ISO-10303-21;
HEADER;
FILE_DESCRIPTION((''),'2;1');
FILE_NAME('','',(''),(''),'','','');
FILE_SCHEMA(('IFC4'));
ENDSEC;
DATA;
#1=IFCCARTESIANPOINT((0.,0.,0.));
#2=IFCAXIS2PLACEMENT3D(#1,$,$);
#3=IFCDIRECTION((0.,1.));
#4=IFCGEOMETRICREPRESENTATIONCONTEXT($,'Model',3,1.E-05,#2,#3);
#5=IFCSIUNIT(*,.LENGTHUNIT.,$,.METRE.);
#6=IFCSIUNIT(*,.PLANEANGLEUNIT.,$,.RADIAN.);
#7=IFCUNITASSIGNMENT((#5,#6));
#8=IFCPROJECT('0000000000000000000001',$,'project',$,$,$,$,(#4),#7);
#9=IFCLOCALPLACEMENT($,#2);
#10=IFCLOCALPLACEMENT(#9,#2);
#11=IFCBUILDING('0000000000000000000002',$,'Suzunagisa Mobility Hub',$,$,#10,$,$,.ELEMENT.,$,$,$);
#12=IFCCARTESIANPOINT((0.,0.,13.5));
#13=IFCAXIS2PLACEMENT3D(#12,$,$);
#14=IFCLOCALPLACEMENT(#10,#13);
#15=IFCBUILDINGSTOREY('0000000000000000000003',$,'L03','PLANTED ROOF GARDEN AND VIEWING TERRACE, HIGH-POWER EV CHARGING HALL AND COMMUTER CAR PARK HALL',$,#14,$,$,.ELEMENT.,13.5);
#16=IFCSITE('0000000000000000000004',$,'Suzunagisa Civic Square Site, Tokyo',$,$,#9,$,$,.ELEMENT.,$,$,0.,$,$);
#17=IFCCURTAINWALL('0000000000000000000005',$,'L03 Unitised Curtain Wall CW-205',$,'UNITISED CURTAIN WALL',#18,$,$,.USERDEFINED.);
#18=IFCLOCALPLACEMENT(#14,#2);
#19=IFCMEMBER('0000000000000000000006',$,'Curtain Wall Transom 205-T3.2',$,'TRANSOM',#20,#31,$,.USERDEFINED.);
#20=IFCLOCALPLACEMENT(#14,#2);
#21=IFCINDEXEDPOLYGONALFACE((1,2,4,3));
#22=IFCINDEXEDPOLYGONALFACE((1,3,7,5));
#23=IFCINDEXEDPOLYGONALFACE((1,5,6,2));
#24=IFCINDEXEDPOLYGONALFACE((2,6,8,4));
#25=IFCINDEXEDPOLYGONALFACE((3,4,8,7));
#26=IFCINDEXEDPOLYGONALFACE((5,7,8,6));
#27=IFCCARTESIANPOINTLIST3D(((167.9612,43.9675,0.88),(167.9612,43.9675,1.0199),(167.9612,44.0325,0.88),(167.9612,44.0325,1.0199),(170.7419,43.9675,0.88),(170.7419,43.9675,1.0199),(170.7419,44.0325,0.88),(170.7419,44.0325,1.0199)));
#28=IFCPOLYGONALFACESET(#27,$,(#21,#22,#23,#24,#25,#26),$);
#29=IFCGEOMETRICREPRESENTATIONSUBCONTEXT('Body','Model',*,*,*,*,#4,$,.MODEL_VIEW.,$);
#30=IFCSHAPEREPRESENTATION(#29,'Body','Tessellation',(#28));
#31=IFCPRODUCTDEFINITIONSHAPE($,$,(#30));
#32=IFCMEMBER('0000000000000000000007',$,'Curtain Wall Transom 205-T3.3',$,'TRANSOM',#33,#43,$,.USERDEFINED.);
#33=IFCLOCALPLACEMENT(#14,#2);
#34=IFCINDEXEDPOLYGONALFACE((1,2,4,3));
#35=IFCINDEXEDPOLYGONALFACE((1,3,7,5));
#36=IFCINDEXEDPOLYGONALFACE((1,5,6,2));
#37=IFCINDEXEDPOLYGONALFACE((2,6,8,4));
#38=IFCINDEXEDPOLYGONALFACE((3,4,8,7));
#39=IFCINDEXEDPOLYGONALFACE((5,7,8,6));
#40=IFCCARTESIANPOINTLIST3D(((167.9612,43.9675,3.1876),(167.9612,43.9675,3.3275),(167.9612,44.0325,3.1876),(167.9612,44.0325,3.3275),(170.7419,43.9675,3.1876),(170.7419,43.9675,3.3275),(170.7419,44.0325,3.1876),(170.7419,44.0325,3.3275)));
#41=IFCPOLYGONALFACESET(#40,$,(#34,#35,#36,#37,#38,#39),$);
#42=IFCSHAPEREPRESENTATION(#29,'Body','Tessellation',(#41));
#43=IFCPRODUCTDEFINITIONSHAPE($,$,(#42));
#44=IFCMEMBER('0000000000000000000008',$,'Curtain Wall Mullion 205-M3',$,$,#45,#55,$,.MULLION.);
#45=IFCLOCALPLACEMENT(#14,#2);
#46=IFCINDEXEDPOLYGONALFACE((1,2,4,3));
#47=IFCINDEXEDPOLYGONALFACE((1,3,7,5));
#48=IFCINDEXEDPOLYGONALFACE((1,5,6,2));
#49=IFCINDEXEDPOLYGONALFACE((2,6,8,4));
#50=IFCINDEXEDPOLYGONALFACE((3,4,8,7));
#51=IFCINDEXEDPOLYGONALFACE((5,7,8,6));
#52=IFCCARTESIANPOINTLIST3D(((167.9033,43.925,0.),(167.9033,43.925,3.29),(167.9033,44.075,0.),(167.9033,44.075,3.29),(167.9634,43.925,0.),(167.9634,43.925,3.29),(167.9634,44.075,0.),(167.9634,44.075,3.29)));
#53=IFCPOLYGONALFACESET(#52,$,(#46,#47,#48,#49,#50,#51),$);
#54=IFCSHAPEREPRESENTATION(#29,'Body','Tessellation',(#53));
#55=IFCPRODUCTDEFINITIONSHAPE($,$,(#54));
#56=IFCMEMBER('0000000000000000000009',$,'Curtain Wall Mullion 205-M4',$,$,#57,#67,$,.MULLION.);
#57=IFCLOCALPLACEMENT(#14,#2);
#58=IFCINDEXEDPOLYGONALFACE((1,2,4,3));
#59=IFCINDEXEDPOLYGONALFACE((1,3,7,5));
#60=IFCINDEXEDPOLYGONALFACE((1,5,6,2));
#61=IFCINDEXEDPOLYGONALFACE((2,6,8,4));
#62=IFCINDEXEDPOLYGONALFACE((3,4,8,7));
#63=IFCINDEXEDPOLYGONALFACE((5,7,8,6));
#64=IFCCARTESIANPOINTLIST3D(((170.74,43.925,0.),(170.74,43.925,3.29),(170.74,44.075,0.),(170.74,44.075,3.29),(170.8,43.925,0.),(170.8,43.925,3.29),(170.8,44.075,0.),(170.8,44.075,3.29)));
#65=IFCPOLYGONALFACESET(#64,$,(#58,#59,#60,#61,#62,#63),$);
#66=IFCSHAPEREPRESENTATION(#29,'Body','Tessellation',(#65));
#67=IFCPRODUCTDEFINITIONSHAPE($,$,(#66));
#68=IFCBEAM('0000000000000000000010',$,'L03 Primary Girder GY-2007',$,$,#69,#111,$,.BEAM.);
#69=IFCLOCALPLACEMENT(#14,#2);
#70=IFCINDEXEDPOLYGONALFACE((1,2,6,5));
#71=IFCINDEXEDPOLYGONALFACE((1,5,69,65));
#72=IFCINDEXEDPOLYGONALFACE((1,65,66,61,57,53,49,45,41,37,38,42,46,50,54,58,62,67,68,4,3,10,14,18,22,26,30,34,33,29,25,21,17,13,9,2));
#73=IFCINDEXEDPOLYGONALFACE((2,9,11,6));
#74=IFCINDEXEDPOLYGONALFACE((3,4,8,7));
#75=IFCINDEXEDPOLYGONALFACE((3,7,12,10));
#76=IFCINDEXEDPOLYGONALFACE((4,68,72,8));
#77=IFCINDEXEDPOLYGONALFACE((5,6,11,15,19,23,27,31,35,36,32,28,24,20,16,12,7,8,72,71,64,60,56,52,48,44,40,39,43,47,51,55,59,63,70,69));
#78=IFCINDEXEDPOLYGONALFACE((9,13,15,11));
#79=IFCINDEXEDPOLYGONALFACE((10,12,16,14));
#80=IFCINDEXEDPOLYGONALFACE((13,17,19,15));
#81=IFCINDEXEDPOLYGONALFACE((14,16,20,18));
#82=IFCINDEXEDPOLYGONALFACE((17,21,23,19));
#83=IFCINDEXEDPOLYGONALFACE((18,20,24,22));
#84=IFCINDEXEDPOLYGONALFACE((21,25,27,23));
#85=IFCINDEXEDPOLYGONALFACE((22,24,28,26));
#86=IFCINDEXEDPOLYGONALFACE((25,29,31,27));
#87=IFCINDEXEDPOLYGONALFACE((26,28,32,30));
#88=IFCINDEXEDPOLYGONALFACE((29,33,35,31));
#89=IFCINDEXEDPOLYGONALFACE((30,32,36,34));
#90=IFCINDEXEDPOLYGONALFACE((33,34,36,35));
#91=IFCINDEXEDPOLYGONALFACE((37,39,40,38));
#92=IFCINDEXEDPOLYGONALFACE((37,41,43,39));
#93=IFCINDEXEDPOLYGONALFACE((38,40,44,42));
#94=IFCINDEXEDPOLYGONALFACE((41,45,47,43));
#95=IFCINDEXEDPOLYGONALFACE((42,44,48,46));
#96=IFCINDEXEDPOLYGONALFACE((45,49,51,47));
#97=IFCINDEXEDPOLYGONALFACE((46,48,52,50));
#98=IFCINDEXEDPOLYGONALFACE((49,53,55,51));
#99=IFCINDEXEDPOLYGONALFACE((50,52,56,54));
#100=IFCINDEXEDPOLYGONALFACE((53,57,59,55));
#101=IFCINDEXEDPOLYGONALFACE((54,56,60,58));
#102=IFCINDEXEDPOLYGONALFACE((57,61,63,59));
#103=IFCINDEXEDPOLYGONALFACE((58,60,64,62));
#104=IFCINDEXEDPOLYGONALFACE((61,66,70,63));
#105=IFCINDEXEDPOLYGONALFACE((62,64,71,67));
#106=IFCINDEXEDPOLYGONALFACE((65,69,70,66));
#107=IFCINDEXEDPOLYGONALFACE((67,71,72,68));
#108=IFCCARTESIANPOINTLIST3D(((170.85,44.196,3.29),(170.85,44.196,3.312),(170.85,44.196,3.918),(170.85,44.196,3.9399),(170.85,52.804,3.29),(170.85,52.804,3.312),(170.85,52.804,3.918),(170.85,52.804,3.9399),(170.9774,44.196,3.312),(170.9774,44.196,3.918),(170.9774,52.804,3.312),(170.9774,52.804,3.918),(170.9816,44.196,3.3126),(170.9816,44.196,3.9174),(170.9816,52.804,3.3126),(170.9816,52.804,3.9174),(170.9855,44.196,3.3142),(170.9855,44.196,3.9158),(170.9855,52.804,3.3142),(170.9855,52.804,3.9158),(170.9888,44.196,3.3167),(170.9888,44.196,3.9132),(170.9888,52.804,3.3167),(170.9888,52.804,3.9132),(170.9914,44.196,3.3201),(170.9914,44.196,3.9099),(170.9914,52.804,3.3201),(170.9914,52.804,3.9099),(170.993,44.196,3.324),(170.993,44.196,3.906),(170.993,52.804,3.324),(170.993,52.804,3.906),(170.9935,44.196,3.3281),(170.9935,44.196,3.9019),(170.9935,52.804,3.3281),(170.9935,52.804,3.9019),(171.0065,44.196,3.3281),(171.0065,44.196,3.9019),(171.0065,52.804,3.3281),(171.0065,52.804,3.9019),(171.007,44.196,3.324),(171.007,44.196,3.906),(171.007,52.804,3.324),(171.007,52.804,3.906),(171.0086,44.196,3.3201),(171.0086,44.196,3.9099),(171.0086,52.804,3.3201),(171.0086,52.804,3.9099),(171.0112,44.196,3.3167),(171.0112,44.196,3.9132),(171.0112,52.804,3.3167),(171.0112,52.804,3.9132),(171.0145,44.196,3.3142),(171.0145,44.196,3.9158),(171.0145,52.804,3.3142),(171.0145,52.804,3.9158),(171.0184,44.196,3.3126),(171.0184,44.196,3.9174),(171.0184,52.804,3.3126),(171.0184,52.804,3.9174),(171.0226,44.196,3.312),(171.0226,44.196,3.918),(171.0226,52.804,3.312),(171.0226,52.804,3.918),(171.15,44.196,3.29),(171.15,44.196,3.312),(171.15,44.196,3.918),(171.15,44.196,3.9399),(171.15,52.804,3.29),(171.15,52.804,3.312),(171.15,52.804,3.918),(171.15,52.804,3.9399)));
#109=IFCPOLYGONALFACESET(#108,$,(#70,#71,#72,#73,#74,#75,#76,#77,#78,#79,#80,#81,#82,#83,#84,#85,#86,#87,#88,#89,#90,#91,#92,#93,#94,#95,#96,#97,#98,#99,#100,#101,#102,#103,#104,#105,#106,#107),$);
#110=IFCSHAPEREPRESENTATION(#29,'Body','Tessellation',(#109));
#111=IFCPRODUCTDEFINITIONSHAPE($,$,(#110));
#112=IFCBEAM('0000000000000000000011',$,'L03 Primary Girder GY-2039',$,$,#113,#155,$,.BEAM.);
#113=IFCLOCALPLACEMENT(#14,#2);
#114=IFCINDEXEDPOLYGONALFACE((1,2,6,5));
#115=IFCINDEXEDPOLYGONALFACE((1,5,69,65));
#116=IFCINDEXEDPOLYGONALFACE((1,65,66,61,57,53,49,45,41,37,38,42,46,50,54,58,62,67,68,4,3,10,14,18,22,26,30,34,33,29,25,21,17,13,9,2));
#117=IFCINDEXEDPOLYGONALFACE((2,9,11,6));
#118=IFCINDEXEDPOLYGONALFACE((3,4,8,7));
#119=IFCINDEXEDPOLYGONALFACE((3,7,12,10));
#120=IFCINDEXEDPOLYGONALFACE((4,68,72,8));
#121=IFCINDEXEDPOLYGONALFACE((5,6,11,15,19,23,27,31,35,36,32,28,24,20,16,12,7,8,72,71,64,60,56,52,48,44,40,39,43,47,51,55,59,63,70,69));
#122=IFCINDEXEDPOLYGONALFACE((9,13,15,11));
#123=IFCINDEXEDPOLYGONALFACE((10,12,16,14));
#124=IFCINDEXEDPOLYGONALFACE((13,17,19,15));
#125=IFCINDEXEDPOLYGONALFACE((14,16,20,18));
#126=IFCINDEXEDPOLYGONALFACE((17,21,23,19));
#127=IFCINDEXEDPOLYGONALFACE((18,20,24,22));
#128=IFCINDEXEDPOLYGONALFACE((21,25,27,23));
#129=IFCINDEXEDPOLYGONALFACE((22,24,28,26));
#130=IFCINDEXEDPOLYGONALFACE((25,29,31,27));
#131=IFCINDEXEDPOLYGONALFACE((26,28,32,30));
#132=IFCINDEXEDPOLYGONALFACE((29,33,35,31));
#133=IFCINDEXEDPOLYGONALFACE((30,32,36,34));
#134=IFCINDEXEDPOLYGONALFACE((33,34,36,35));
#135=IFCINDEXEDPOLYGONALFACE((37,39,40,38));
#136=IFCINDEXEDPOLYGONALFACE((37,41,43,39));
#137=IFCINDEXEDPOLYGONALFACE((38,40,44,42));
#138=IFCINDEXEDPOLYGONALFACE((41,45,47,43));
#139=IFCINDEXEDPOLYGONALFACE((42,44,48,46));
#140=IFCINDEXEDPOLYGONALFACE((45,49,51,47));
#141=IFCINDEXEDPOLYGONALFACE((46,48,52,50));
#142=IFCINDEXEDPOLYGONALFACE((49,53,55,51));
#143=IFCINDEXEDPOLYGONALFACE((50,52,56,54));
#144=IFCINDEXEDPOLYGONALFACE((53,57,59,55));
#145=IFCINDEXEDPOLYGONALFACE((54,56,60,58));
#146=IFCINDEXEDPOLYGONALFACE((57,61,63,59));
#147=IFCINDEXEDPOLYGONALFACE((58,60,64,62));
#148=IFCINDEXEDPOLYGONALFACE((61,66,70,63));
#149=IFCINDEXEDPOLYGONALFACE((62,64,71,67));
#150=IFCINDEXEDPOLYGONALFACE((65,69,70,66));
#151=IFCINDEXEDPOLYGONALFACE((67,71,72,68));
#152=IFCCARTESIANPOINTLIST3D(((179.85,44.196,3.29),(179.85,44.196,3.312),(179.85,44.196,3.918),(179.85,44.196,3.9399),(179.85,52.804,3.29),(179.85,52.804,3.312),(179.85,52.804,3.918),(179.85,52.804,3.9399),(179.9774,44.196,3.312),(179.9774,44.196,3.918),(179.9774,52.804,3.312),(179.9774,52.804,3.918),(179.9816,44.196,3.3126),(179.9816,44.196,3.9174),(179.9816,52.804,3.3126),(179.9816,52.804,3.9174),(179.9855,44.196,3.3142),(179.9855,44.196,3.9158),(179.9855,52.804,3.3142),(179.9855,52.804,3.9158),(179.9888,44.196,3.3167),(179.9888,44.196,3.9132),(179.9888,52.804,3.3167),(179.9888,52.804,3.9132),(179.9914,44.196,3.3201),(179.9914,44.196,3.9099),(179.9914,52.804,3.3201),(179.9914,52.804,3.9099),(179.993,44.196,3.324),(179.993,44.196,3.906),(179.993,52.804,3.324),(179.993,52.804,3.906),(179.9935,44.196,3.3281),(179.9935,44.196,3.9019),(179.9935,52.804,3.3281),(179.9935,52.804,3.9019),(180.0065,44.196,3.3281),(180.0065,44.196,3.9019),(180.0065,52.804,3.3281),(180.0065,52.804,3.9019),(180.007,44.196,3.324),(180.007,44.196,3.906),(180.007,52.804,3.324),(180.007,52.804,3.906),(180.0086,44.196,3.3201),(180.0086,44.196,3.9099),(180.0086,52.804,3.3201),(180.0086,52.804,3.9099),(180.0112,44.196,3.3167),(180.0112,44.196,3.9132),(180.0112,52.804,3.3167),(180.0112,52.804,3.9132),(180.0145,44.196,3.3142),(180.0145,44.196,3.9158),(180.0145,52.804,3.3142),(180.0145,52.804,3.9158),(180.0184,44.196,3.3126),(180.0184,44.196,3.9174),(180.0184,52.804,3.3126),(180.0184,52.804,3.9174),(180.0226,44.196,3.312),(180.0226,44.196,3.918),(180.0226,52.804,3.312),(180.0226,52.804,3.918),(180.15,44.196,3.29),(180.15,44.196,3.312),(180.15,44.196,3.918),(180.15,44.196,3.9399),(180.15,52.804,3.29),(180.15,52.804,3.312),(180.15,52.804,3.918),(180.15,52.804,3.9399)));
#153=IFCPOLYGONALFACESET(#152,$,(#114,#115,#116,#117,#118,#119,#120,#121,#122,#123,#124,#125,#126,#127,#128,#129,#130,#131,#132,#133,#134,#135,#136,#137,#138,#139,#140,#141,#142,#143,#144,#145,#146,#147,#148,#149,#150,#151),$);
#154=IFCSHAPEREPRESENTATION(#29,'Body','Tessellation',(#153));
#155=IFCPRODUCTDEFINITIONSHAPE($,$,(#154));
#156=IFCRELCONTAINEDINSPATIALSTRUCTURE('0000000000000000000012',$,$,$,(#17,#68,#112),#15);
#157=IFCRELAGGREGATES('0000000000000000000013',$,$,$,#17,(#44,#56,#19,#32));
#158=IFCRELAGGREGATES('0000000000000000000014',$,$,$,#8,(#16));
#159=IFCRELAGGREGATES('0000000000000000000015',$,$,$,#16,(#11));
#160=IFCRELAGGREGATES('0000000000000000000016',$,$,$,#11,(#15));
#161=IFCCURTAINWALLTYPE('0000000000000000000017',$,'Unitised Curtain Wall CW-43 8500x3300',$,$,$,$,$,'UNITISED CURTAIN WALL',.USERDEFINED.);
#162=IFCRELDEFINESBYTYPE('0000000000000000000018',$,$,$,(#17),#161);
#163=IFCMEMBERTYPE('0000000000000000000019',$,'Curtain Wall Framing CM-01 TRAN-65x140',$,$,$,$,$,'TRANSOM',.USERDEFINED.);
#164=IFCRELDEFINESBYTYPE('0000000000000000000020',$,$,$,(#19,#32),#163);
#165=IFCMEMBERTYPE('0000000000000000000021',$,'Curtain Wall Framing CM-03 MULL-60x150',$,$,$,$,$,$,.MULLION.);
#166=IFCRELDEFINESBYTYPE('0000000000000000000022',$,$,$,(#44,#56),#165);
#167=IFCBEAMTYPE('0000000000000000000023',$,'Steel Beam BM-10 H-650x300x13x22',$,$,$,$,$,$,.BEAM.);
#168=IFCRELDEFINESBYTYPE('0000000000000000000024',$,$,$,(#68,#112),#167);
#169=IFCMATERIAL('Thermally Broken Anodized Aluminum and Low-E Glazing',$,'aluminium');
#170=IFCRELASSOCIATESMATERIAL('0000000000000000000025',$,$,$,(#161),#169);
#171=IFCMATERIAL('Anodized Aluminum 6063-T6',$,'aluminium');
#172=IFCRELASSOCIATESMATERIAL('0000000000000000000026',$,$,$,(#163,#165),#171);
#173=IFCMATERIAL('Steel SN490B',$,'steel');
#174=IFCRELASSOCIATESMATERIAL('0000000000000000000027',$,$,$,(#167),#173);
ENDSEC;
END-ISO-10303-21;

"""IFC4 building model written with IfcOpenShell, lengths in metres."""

from ifc_helpers import new_model, si_unit, direction, frame, origin, origin_2d, place, context, subcontext, project, spatial, rectangle, i_section, extrude, material, material_profile, profile_set, type_object, element, aggregate, save


model = new_model("IFC4")

# Units and contexts
model_context = context("Model", 3, precision=1e-05, world=origin(), true_north=direction((0.0, 1.0)))
body_context = subcontext(model_context, "Body", "Model", "MODEL_VIEW")
ifc_project = project(units=[si_unit("LENGTHUNIT", "METRE"), si_unit("PLANEANGLEUNIT", "RADIAN")], contexts=[model_context])

# Site, building, storey
site_placement = place(None, origin())
site = spatial("IfcSite", under=ifc_project, at=site_placement, Name="Suzunagisa Civic Square Site, Tokyo", CompositionType="ELEMENT", RefElevation=0.0)
building_placement = place(site_placement, origin())
building = spatial("IfcBuilding", under=site, at=building_placement, Name="Suzunagisa Mobility Hub", CompositionType="ELEMENT")
storey_placement = place(building_placement, frame((0.0, 0.0, 13.5)))
storey = spatial("IfcBuildingStorey", under=building, at=storey_placement, Name="L03", Description="PLANTED ROOF GARDEN AND VIEWING TERRACE, HIGH-POWER EV CHARGING HALL AND COMMUTER CAR PARK HALL", CompositionType="ELEMENT", Elevation=13.5)

# Shared definitions
ifc_material_1 = material(Name="Steel SN490B", Category="steel")

# Curtain wall, members
ifc_material_2 = material(Name="Thermally Broken Anodized Aluminum and Low-E Glazing", Category="aluminium")
curtain_wall_type = type_object("IfcCurtainWallType", Name="Unitised Curtain Wall CW-43 8500x3300", ElementType="UNITISED CURTAIN WALL", PredefinedType="USERDEFINED", material=ifc_material_2)
curtain_wall_placement = place(storey_placement, origin())
curtain_wall = element("IfcCurtainWall", 1, at=curtain_wall_placement, inside=storey, type_object=curtain_wall_type, Name="L03 Unitised Curtain Wall CW-205", ObjectType="UNITISED CURTAIN WALL", PredefinedType="USERDEFINED")
ifc_material_3 = material(Name="Anodized Aluminum 6063-T6", Category="aluminium")
ifc_material_profile_1 = material_profile(ifc_material_3, rectangle(XDim=0.0649, YDim=0.1399, at=origin_2d()), Name="TRAN-65x140")
ifc_profile_set_1 = profile_set([ifc_material_profile_1], Name="Anodized Aluminum 6063-T6")
member_type_1 = type_object("IfcMemberType", Name="Curtain Wall Framing CM-01 TRAN-65x140", ElementType="TRANSOM", PredefinedType="USERDEFINED", material=ifc_profile_set_1)
member_1_placement = place(storey_placement, frame((167.9612, 44.0, 0.95), z_axis=(1.0, 0.0, 0.0), x_axis=(0.0, 1.0, 0.0)))
member_1 = element("IfcMember", 2, at=member_1_placement, type_object=member_type_1, Name="Curtain Wall Transom 205-T3.2", ObjectType="TRANSOM", PredefinedType="USERDEFINED", context=body_context, shape_type="SweptSolid", body=[
    extrude(rectangle(XDim=0.0649, YDim=0.1399, at=origin_2d()), origin(), (0.0, 0.0, 1.0), 2.7808),
])
member_2_placement = place(storey_placement, frame((167.9612, 44.0, 3.2576), z_axis=(1.0, 0.0, 0.0), x_axis=(0.0, 1.0, 0.0)))
member_2 = element("IfcMember", 3, at=member_2_placement, type_object=member_type_1, Name="Curtain Wall Transom 205-T3.3", ObjectType="TRANSOM", PredefinedType="USERDEFINED", context=body_context, shape_type="SweptSolid", body=[
    extrude(rectangle(XDim=0.0649, YDim=0.1399, at=origin_2d()), origin(), (0.0, 0.0, 1.0), 2.7808),
])
ifc_material_profile_2 = material_profile(ifc_material_3, rectangle(XDim=0.0601, YDim=0.1499, at=origin_2d()), Name="MULL-60x150")
ifc_profile_set_2 = profile_set([ifc_material_profile_2], Name="Anodized Aluminum 6063-T6")
member_type_2 = type_object("IfcMemberType", Name="Curtain Wall Framing CM-03 MULL-60x150", PredefinedType="MULLION", material=ifc_profile_set_2)
member_3_placement = place(storey_placement, frame((167.9333, 44.0, 0.0), z_axis=(0.0, 0.0, 1.0), x_axis=(1.0, 0.0, 0.0)))
member_3 = element("IfcMember", 4, at=member_3_placement, type_object=member_type_2, Name="Curtain Wall Mullion 205-M3", PredefinedType="MULLION", context=body_context, shape_type="SweptSolid", body=[
    extrude(rectangle(XDim=0.0601, YDim=0.1499, at=origin_2d()), origin(), (0.0, 0.0, 1.0), 3.29),
])
member_4_placement = place(storey_placement, frame((170.77, 44.0, 0.0), z_axis=(0.0, 0.0, 1.0), x_axis=(1.0, 0.0, 0.0)))
member_4 = element("IfcMember", 5, at=member_4_placement, type_object=member_type_2, Name="Curtain Wall Mullion 205-M4", PredefinedType="MULLION", context=body_context, shape_type="SweptSolid", body=[
    extrude(rectangle(XDim=0.0601, YDim=0.1499, at=origin_2d()), origin(), (0.0, 0.0, 1.0), 3.29),
])

# Beams
ifc_material_profile_3 = material_profile(ifc_material_1, i_section(OverallWidth=0.3, OverallDepth=0.6499, WebThickness=0.0129, FlangeThickness=0.022, FilletRadius=0.0161, at=origin_2d()), Name="H-650x300x13x22")
ifc_profile_set_3 = profile_set([ifc_material_profile_3], Name="Steel SN490B")
beam_type_1 = type_object("IfcBeamType", Name="Steel Beam BM-10 H-650x300x13x22", PredefinedType="BEAM", material=ifc_profile_set_3)
for number, where, z_axis, x_axis, name in (
    (6, (171.0, 44.196, 3.615), (0.0, 1.0, 0.0), (-1.0, 0.0, 0.0), "L03 Primary Girder GY-2007"),
    (7, (180.0, 44.196, 3.615), (0.0, 1.0, 0.0), (-1.0, 0.0, 0.0), "L03 Primary Girder GY-2039"),
):
    element("IfcBeam", number, at=place(storey_placement, frame(where, z_axis=z_axis, x_axis=x_axis)), inside=storey, type_object=beam_type_1, Name=name, PredefinedType="BEAM", context=body_context, shape_type="SweptSolid", body=[
        extrude(i_section(OverallWidth=0.3, OverallDepth=0.6499, WebThickness=0.0129, FlangeThickness=0.022, FilletRadius=0.0161, at=origin_2d()), origin(), (0.0, 0.0, 1.0), 8.6079),
    ])

aggregate(curtain_wall, [member_3, member_4, member_1, member_2])

save(model, "model.ifc")
